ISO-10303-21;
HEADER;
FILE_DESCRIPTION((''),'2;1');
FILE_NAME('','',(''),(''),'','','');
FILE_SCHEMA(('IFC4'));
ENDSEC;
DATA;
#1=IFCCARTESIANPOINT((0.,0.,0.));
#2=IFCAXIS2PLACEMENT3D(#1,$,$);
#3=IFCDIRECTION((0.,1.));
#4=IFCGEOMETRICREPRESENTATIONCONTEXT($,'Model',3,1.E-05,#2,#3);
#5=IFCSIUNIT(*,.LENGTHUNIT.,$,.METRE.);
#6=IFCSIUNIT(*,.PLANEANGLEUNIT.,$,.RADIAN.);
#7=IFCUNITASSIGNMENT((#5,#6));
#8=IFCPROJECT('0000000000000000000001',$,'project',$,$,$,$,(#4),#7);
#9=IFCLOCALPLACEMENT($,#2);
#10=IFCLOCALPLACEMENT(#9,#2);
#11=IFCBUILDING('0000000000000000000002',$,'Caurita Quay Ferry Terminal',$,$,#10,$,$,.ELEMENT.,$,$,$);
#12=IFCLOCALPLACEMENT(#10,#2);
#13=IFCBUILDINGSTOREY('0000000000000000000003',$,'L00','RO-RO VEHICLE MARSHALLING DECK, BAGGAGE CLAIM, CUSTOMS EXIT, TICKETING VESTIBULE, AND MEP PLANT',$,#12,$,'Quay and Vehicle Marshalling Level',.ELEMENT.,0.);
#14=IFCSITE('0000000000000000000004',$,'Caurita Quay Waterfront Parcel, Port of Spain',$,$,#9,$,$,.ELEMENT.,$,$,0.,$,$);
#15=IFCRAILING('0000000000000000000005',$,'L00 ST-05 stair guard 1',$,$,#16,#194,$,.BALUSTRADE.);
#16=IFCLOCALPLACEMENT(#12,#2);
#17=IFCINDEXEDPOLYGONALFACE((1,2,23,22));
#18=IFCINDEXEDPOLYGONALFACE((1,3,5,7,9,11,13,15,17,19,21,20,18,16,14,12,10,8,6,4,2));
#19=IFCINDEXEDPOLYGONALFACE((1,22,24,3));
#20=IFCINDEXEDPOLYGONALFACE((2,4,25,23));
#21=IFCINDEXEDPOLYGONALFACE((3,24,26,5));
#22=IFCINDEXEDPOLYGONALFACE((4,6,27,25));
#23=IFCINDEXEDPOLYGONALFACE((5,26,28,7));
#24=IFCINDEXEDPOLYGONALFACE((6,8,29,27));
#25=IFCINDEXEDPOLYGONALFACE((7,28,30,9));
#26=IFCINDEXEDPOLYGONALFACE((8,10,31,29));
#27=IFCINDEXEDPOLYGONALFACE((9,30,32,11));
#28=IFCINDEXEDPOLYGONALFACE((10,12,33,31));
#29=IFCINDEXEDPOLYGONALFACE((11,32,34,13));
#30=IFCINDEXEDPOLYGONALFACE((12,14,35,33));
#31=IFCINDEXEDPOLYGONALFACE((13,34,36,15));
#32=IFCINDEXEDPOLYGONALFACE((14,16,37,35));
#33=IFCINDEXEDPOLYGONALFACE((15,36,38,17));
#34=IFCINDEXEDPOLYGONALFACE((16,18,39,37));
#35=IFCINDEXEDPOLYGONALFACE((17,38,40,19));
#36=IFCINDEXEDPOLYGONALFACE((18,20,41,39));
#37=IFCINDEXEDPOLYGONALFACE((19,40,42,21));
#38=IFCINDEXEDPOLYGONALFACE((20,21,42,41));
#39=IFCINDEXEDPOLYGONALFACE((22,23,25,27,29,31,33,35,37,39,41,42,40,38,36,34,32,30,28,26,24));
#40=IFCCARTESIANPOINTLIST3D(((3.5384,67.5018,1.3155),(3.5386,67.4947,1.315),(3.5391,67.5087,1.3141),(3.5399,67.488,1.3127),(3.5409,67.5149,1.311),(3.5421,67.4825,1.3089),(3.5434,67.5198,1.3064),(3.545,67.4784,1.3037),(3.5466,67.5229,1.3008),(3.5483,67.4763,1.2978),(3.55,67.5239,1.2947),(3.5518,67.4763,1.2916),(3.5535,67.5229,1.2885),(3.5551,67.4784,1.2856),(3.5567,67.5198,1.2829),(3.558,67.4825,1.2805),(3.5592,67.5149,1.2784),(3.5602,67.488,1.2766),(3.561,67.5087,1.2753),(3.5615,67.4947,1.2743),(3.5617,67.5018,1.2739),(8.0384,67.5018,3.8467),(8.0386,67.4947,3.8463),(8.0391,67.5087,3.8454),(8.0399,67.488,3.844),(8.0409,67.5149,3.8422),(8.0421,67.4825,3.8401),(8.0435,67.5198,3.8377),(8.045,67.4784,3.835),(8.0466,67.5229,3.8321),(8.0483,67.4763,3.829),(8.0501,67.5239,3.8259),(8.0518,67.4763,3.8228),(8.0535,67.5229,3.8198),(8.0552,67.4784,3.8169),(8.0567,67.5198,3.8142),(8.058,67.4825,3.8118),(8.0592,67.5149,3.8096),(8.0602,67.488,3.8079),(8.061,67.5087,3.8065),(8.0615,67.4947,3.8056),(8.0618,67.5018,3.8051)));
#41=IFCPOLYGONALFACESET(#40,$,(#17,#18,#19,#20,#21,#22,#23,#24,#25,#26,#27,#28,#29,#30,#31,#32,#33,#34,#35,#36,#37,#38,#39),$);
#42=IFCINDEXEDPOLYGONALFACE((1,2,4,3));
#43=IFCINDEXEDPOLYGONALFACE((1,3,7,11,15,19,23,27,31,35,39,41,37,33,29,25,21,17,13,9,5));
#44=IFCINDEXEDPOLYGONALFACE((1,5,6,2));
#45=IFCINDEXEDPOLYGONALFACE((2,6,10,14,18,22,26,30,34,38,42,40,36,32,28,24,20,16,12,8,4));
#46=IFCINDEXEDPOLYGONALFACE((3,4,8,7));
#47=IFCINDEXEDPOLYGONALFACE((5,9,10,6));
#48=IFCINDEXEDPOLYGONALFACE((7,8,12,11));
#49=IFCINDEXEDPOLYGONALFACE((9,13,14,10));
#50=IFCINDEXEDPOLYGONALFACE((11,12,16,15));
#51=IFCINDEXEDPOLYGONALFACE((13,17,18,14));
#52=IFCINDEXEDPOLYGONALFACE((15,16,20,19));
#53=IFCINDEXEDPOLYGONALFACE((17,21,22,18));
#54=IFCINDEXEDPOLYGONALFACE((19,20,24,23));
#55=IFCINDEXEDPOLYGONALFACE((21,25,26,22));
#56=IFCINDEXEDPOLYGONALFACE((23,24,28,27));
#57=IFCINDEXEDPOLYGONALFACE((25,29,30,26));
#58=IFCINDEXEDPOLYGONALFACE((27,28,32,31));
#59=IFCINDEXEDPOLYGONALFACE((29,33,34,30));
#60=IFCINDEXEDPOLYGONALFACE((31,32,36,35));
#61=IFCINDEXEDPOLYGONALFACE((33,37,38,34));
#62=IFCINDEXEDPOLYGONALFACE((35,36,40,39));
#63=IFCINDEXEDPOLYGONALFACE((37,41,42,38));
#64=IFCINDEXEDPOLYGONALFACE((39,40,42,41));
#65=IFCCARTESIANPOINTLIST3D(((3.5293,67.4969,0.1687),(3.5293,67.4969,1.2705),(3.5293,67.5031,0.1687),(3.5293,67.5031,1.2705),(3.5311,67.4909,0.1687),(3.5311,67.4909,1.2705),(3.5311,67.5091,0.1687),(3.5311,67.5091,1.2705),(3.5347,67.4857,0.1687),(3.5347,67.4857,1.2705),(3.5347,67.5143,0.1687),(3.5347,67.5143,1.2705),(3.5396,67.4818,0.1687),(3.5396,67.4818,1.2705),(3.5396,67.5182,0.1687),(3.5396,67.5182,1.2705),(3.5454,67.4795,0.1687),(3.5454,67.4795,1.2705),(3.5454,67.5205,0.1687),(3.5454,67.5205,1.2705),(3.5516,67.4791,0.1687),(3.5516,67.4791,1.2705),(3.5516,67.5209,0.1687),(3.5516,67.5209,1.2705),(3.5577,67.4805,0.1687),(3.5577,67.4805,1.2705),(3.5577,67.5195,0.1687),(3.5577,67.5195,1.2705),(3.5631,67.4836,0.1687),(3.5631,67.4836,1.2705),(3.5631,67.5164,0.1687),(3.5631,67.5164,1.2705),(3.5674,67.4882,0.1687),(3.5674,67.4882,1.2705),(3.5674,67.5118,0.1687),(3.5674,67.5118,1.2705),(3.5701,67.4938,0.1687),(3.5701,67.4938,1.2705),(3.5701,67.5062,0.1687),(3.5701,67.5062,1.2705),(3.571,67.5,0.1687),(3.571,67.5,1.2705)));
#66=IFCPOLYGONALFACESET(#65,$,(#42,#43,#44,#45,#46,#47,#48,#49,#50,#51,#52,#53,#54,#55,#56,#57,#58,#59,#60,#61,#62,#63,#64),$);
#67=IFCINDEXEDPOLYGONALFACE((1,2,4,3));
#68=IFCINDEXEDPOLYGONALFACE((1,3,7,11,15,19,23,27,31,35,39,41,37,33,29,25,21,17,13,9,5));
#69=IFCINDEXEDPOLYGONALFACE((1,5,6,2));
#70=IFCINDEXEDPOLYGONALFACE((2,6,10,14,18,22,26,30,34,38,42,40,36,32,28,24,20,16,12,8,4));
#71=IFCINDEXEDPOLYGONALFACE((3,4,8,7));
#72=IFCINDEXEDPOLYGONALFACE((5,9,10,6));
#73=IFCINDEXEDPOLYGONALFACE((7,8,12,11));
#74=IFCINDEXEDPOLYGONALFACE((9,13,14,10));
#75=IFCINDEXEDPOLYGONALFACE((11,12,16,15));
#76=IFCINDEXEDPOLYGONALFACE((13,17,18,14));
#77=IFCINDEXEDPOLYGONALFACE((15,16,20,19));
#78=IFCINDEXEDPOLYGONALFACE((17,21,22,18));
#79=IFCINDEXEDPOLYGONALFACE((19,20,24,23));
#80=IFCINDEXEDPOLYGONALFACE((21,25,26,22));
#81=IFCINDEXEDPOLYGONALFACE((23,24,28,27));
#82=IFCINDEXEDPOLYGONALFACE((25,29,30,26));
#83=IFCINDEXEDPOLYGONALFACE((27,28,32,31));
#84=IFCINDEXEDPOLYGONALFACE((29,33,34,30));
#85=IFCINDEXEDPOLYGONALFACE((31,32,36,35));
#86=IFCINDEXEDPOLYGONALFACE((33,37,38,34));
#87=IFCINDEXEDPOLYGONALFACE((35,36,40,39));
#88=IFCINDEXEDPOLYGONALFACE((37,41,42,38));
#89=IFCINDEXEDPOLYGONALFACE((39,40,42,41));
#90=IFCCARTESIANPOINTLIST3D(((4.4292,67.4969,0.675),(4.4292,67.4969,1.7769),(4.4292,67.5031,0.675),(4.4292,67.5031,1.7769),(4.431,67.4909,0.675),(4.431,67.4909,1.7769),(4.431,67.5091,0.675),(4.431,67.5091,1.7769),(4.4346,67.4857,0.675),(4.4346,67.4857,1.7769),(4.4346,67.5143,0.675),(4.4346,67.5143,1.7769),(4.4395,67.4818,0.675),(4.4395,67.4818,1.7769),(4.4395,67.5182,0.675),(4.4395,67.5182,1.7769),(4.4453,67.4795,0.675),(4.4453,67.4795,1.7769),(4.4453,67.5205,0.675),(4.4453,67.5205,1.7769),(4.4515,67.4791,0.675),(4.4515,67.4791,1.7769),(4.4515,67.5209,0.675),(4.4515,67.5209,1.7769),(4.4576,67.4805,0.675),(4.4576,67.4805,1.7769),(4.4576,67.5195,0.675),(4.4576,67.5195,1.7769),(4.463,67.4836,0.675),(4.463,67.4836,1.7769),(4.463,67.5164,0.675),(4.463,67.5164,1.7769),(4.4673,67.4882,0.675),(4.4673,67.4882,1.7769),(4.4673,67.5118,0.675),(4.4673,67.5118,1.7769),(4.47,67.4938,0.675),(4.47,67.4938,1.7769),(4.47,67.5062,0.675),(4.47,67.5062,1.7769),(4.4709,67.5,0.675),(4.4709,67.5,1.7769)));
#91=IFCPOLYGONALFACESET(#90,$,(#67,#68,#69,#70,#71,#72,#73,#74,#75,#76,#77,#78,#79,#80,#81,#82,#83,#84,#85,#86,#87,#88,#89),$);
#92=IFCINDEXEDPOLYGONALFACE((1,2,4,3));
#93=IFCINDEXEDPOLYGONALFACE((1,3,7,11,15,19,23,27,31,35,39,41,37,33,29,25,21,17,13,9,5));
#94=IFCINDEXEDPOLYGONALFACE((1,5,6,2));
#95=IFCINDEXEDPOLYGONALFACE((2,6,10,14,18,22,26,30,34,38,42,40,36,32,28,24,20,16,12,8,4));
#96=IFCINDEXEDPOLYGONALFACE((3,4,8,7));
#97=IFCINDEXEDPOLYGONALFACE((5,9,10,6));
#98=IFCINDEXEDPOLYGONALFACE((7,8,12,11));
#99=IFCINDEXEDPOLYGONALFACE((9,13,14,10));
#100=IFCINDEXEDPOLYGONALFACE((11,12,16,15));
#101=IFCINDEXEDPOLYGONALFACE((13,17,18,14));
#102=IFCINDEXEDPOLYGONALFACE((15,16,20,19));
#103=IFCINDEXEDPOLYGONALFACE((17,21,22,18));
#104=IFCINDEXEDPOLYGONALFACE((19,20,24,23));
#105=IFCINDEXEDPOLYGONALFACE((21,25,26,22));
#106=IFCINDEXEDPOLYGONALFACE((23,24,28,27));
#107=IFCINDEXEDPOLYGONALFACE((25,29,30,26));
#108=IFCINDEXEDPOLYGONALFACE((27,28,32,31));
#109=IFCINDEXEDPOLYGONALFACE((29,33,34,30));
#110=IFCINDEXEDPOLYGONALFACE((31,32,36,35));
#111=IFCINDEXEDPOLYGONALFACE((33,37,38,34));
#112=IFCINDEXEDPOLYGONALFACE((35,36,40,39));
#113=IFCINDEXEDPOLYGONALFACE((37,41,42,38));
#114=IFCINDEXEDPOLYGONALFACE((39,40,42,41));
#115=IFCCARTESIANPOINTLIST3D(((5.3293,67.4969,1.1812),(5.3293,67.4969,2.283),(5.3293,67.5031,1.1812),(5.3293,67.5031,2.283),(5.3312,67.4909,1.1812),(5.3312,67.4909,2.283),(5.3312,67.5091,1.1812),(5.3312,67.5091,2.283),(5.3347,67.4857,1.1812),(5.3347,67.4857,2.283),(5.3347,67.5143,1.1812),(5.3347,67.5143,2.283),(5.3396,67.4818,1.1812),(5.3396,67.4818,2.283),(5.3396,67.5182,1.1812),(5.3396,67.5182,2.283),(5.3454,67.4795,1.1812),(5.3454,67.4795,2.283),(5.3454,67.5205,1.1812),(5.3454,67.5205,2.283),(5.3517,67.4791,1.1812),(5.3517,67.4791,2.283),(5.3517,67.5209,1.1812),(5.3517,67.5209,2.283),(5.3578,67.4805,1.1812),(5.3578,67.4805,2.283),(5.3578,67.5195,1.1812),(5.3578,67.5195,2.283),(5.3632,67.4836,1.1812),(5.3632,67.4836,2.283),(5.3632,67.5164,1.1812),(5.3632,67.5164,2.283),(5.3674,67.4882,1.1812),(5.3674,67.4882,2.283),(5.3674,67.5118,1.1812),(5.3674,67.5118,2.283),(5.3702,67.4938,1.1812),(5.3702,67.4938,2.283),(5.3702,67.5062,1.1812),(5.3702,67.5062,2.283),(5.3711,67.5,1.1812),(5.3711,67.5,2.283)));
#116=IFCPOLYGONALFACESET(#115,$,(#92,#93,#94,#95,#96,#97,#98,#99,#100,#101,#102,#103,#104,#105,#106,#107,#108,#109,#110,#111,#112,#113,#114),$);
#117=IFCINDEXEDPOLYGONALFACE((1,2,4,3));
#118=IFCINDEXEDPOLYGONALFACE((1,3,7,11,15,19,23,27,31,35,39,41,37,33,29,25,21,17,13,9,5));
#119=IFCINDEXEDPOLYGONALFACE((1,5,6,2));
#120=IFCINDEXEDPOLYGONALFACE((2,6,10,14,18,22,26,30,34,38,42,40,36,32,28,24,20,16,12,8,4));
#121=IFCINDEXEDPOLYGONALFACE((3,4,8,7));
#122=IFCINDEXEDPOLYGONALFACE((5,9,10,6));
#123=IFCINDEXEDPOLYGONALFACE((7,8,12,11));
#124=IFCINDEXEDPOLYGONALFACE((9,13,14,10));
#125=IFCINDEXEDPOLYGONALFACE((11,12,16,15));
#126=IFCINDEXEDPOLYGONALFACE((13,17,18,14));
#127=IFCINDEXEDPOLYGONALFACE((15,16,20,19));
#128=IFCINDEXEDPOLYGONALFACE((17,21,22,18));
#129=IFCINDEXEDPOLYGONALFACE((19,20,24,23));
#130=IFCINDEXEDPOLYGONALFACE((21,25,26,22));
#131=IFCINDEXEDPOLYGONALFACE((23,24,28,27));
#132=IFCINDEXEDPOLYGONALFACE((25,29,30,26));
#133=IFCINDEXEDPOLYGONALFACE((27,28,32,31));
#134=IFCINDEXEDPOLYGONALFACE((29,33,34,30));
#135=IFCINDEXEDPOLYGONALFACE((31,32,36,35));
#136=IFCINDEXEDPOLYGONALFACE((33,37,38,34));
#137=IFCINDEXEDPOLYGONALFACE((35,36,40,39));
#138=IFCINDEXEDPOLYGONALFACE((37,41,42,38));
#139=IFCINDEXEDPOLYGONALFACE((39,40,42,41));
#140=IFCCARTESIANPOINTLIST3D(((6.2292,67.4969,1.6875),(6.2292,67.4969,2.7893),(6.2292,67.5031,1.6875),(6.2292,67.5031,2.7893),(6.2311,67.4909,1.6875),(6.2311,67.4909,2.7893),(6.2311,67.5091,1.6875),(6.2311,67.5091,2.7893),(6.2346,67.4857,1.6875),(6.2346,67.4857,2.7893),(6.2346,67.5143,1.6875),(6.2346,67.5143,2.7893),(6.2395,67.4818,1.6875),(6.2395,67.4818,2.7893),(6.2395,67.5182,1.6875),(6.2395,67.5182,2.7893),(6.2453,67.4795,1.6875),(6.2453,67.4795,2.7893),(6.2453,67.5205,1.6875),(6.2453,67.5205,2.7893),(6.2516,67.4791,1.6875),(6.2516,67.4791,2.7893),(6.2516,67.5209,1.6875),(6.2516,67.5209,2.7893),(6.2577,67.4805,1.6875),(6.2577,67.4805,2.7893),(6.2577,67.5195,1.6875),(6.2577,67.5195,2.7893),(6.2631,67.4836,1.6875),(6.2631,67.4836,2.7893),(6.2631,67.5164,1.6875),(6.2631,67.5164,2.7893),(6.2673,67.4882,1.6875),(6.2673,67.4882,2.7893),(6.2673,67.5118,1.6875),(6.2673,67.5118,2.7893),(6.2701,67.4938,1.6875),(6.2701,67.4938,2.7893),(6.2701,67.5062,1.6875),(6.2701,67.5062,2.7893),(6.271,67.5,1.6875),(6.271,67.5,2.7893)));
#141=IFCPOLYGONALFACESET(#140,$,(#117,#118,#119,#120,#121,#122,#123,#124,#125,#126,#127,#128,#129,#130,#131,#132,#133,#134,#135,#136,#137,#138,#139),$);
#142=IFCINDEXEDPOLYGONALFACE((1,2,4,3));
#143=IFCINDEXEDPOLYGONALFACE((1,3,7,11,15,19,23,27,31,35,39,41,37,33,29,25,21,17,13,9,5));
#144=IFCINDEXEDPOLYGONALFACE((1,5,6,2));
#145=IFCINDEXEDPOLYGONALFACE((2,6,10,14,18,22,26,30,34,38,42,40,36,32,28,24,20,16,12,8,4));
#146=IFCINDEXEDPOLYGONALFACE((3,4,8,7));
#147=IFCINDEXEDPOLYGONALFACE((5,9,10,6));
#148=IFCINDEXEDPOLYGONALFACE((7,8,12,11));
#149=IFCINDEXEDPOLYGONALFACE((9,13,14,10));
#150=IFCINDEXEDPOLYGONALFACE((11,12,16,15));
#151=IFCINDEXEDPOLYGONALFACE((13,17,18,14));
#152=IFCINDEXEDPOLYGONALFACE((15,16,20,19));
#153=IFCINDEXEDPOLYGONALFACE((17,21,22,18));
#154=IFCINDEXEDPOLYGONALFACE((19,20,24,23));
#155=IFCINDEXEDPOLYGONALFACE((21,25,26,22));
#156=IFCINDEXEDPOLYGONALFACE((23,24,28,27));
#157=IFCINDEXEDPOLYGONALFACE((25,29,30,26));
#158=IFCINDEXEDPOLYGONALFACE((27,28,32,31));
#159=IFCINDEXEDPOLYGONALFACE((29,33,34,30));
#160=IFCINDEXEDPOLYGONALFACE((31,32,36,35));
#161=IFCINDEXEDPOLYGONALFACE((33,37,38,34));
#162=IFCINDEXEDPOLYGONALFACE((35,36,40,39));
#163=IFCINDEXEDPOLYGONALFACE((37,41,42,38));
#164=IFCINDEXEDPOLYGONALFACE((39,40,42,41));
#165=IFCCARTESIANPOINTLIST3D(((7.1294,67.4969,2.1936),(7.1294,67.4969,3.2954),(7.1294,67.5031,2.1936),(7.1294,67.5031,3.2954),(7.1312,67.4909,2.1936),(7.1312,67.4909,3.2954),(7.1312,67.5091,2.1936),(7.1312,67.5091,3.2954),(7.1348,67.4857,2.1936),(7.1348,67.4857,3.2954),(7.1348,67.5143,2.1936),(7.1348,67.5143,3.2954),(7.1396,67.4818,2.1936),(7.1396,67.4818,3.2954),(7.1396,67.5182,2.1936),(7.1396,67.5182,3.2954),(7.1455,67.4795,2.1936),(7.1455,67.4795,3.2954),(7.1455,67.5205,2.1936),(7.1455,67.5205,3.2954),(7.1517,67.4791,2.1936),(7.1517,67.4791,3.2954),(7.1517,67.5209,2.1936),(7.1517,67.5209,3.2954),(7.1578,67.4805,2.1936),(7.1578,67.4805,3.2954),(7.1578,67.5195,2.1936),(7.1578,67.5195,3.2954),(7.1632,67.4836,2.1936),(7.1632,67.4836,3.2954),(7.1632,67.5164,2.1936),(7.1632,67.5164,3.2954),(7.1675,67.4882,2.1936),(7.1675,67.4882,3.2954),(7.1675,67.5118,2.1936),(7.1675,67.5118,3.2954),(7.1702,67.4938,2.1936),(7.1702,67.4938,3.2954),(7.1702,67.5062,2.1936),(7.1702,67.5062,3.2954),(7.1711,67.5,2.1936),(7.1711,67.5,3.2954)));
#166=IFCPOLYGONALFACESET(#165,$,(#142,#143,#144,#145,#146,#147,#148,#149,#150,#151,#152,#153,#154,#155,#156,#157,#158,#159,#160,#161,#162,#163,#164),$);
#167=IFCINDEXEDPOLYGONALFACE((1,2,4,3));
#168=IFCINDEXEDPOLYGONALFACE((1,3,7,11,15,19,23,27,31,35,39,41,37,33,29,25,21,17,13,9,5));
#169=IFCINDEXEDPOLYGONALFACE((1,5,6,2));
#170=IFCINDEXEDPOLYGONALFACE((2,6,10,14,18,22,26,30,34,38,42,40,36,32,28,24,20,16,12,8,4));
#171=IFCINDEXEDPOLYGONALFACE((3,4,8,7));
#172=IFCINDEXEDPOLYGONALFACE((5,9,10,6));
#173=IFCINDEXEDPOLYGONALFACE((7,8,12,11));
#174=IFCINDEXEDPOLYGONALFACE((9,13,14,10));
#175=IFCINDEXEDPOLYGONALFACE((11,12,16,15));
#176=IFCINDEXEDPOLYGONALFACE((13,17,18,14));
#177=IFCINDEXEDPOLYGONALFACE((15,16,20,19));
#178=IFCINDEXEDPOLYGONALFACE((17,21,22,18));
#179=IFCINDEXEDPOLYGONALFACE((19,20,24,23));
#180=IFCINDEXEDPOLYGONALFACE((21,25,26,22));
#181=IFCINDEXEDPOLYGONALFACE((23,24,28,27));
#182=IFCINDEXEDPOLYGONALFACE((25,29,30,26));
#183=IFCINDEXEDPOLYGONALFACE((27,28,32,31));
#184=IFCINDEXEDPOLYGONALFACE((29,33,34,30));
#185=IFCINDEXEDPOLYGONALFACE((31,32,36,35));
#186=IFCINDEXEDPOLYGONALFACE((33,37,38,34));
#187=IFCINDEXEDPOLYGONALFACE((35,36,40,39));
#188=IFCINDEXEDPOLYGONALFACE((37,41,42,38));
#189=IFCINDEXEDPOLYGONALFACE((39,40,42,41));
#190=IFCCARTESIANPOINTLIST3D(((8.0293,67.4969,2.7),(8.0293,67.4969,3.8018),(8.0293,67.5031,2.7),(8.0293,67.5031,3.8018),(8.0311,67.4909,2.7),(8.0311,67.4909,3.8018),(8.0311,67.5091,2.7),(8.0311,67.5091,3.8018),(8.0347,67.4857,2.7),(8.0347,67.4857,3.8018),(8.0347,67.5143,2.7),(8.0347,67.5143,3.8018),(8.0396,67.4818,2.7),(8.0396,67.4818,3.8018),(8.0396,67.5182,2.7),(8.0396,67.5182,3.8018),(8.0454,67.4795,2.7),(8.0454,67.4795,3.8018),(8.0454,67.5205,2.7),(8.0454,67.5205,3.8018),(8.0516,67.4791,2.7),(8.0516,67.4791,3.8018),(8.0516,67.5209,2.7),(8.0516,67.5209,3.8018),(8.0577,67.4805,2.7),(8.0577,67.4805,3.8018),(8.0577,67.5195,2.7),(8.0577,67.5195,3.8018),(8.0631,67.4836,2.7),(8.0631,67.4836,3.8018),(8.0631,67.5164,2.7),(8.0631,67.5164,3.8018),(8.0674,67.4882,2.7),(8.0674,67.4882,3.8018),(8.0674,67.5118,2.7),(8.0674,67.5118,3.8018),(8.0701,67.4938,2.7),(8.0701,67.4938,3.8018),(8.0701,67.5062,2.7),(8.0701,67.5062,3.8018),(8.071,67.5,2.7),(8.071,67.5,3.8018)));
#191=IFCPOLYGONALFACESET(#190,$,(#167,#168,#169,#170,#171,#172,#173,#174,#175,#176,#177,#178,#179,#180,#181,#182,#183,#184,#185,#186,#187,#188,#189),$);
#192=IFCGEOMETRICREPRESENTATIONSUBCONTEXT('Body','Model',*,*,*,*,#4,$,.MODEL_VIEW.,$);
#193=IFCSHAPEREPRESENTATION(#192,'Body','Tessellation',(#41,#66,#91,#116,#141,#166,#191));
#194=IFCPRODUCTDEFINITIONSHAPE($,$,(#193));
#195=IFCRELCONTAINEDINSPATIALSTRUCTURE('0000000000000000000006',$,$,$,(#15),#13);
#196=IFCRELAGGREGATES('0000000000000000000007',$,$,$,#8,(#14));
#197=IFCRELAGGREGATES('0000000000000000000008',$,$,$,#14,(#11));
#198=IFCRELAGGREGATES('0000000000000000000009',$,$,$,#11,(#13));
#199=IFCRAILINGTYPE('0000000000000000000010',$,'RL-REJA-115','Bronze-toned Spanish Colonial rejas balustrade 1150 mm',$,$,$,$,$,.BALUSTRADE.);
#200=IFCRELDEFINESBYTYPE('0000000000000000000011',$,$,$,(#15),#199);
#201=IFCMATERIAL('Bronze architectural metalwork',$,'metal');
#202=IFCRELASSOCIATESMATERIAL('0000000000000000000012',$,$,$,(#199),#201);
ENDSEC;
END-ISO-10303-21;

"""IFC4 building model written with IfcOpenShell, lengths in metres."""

from ifc_helpers import new_model, si_unit, direction, frame, origin, origin_2d, place, context, subcontext, project, spatial, circle, extrude, material, type_object, element, save


model = new_model("IFC4")

# Units and contexts
model_context = context("Model", 3, precision=1e-05, world=origin(), true_north=direction((0.0, 1.0)))
body_context = subcontext(model_context, "Body", "Model", "MODEL_VIEW")
ifc_project = project(units=[si_unit("LENGTHUNIT", "METRE"), si_unit("PLANEANGLEUNIT", "RADIAN")], contexts=[model_context])

# Site, building, storey
site_placement = place(None, origin())
site = spatial("IfcSite", under=ifc_project, at=site_placement, Name="Caurita Quay Waterfront Parcel, Port of Spain", CompositionType="ELEMENT", RefElevation=0.0)
building_placement = place(site_placement, origin())
building = spatial("IfcBuilding", under=site, at=building_placement, Name="Caurita Quay Ferry Terminal", CompositionType="ELEMENT")
storey_placement = place(building_placement, origin())
storey = spatial("IfcBuildingStorey", under=building, at=storey_placement, Name="L00", Description="RO-RO VEHICLE MARSHALLING DECK, BAGGAGE CLAIM, CUSTOMS EXIT, TICKETING VESTIBULE, AND MEP PLANT", LongName="Quay and Vehicle Marshalling Level", CompositionType="ELEMENT", Elevation=0.0)

# Railing
ifc_material_1 = material(Name="Bronze architectural metalwork", Category="metal")
railing_type = type_object("IfcRailingType", Name="RL-REJA-115", Description="Bronze-toned Spanish Colonial rejas balustrade 1150 mm", PredefinedType="BALUSTRADE", material=ifc_material_1)
railing_1_placement = place(storey_placement, frame((3.55, 67.5, 0.1687)))
element("IfcRailing", 1, at=railing_1_placement, inside=storey, type_object=railing_type, Name="L00 ST-05 stair guard 1", PredefinedType="BALUSTRADE", context=body_context, shape_type="SweptSolid", body=[
    extrude(circle(Radius=0.0239, at=origin_2d()), frame((0.0, 0.0, 1.126), z_axis=(0.871576, 0.0, 0.490261), x_axis=(0.0, 1.0, 0.0)), (0.0, 0.0, 1.0), 5.1631),
    extrude(circle(Radius=0.021, at=origin_2d()), origin(), (0.0, 0.0, 1.0), 1.1018),
    extrude(circle(Radius=0.021, at=origin_2d()), frame((0.8999, 0.0, 0.5063)), (0.0, 0.0, 1.0), 1.1018),
    extrude(circle(Radius=0.021, at=origin_2d()), frame((1.8, 0.0, 1.0125)), (0.0, 0.0, 1.0), 1.1018),
    extrude(circle(Radius=0.021, at=origin_2d()), frame((2.7, 0.0, 1.5188)), (0.0, 0.0, 1.0), 1.1018),
    extrude(circle(Radius=0.021, at=origin_2d()), frame((3.6001, 0.0, 2.0249)), (0.0, 0.0, 1.0), 1.1018),
    extrude(circle(Radius=0.021, at=origin_2d()), frame((4.5, 0.0, 2.5312)), (0.0, 0.0, 1.0), 1.1018),
])

save(model, "model.ifc")
